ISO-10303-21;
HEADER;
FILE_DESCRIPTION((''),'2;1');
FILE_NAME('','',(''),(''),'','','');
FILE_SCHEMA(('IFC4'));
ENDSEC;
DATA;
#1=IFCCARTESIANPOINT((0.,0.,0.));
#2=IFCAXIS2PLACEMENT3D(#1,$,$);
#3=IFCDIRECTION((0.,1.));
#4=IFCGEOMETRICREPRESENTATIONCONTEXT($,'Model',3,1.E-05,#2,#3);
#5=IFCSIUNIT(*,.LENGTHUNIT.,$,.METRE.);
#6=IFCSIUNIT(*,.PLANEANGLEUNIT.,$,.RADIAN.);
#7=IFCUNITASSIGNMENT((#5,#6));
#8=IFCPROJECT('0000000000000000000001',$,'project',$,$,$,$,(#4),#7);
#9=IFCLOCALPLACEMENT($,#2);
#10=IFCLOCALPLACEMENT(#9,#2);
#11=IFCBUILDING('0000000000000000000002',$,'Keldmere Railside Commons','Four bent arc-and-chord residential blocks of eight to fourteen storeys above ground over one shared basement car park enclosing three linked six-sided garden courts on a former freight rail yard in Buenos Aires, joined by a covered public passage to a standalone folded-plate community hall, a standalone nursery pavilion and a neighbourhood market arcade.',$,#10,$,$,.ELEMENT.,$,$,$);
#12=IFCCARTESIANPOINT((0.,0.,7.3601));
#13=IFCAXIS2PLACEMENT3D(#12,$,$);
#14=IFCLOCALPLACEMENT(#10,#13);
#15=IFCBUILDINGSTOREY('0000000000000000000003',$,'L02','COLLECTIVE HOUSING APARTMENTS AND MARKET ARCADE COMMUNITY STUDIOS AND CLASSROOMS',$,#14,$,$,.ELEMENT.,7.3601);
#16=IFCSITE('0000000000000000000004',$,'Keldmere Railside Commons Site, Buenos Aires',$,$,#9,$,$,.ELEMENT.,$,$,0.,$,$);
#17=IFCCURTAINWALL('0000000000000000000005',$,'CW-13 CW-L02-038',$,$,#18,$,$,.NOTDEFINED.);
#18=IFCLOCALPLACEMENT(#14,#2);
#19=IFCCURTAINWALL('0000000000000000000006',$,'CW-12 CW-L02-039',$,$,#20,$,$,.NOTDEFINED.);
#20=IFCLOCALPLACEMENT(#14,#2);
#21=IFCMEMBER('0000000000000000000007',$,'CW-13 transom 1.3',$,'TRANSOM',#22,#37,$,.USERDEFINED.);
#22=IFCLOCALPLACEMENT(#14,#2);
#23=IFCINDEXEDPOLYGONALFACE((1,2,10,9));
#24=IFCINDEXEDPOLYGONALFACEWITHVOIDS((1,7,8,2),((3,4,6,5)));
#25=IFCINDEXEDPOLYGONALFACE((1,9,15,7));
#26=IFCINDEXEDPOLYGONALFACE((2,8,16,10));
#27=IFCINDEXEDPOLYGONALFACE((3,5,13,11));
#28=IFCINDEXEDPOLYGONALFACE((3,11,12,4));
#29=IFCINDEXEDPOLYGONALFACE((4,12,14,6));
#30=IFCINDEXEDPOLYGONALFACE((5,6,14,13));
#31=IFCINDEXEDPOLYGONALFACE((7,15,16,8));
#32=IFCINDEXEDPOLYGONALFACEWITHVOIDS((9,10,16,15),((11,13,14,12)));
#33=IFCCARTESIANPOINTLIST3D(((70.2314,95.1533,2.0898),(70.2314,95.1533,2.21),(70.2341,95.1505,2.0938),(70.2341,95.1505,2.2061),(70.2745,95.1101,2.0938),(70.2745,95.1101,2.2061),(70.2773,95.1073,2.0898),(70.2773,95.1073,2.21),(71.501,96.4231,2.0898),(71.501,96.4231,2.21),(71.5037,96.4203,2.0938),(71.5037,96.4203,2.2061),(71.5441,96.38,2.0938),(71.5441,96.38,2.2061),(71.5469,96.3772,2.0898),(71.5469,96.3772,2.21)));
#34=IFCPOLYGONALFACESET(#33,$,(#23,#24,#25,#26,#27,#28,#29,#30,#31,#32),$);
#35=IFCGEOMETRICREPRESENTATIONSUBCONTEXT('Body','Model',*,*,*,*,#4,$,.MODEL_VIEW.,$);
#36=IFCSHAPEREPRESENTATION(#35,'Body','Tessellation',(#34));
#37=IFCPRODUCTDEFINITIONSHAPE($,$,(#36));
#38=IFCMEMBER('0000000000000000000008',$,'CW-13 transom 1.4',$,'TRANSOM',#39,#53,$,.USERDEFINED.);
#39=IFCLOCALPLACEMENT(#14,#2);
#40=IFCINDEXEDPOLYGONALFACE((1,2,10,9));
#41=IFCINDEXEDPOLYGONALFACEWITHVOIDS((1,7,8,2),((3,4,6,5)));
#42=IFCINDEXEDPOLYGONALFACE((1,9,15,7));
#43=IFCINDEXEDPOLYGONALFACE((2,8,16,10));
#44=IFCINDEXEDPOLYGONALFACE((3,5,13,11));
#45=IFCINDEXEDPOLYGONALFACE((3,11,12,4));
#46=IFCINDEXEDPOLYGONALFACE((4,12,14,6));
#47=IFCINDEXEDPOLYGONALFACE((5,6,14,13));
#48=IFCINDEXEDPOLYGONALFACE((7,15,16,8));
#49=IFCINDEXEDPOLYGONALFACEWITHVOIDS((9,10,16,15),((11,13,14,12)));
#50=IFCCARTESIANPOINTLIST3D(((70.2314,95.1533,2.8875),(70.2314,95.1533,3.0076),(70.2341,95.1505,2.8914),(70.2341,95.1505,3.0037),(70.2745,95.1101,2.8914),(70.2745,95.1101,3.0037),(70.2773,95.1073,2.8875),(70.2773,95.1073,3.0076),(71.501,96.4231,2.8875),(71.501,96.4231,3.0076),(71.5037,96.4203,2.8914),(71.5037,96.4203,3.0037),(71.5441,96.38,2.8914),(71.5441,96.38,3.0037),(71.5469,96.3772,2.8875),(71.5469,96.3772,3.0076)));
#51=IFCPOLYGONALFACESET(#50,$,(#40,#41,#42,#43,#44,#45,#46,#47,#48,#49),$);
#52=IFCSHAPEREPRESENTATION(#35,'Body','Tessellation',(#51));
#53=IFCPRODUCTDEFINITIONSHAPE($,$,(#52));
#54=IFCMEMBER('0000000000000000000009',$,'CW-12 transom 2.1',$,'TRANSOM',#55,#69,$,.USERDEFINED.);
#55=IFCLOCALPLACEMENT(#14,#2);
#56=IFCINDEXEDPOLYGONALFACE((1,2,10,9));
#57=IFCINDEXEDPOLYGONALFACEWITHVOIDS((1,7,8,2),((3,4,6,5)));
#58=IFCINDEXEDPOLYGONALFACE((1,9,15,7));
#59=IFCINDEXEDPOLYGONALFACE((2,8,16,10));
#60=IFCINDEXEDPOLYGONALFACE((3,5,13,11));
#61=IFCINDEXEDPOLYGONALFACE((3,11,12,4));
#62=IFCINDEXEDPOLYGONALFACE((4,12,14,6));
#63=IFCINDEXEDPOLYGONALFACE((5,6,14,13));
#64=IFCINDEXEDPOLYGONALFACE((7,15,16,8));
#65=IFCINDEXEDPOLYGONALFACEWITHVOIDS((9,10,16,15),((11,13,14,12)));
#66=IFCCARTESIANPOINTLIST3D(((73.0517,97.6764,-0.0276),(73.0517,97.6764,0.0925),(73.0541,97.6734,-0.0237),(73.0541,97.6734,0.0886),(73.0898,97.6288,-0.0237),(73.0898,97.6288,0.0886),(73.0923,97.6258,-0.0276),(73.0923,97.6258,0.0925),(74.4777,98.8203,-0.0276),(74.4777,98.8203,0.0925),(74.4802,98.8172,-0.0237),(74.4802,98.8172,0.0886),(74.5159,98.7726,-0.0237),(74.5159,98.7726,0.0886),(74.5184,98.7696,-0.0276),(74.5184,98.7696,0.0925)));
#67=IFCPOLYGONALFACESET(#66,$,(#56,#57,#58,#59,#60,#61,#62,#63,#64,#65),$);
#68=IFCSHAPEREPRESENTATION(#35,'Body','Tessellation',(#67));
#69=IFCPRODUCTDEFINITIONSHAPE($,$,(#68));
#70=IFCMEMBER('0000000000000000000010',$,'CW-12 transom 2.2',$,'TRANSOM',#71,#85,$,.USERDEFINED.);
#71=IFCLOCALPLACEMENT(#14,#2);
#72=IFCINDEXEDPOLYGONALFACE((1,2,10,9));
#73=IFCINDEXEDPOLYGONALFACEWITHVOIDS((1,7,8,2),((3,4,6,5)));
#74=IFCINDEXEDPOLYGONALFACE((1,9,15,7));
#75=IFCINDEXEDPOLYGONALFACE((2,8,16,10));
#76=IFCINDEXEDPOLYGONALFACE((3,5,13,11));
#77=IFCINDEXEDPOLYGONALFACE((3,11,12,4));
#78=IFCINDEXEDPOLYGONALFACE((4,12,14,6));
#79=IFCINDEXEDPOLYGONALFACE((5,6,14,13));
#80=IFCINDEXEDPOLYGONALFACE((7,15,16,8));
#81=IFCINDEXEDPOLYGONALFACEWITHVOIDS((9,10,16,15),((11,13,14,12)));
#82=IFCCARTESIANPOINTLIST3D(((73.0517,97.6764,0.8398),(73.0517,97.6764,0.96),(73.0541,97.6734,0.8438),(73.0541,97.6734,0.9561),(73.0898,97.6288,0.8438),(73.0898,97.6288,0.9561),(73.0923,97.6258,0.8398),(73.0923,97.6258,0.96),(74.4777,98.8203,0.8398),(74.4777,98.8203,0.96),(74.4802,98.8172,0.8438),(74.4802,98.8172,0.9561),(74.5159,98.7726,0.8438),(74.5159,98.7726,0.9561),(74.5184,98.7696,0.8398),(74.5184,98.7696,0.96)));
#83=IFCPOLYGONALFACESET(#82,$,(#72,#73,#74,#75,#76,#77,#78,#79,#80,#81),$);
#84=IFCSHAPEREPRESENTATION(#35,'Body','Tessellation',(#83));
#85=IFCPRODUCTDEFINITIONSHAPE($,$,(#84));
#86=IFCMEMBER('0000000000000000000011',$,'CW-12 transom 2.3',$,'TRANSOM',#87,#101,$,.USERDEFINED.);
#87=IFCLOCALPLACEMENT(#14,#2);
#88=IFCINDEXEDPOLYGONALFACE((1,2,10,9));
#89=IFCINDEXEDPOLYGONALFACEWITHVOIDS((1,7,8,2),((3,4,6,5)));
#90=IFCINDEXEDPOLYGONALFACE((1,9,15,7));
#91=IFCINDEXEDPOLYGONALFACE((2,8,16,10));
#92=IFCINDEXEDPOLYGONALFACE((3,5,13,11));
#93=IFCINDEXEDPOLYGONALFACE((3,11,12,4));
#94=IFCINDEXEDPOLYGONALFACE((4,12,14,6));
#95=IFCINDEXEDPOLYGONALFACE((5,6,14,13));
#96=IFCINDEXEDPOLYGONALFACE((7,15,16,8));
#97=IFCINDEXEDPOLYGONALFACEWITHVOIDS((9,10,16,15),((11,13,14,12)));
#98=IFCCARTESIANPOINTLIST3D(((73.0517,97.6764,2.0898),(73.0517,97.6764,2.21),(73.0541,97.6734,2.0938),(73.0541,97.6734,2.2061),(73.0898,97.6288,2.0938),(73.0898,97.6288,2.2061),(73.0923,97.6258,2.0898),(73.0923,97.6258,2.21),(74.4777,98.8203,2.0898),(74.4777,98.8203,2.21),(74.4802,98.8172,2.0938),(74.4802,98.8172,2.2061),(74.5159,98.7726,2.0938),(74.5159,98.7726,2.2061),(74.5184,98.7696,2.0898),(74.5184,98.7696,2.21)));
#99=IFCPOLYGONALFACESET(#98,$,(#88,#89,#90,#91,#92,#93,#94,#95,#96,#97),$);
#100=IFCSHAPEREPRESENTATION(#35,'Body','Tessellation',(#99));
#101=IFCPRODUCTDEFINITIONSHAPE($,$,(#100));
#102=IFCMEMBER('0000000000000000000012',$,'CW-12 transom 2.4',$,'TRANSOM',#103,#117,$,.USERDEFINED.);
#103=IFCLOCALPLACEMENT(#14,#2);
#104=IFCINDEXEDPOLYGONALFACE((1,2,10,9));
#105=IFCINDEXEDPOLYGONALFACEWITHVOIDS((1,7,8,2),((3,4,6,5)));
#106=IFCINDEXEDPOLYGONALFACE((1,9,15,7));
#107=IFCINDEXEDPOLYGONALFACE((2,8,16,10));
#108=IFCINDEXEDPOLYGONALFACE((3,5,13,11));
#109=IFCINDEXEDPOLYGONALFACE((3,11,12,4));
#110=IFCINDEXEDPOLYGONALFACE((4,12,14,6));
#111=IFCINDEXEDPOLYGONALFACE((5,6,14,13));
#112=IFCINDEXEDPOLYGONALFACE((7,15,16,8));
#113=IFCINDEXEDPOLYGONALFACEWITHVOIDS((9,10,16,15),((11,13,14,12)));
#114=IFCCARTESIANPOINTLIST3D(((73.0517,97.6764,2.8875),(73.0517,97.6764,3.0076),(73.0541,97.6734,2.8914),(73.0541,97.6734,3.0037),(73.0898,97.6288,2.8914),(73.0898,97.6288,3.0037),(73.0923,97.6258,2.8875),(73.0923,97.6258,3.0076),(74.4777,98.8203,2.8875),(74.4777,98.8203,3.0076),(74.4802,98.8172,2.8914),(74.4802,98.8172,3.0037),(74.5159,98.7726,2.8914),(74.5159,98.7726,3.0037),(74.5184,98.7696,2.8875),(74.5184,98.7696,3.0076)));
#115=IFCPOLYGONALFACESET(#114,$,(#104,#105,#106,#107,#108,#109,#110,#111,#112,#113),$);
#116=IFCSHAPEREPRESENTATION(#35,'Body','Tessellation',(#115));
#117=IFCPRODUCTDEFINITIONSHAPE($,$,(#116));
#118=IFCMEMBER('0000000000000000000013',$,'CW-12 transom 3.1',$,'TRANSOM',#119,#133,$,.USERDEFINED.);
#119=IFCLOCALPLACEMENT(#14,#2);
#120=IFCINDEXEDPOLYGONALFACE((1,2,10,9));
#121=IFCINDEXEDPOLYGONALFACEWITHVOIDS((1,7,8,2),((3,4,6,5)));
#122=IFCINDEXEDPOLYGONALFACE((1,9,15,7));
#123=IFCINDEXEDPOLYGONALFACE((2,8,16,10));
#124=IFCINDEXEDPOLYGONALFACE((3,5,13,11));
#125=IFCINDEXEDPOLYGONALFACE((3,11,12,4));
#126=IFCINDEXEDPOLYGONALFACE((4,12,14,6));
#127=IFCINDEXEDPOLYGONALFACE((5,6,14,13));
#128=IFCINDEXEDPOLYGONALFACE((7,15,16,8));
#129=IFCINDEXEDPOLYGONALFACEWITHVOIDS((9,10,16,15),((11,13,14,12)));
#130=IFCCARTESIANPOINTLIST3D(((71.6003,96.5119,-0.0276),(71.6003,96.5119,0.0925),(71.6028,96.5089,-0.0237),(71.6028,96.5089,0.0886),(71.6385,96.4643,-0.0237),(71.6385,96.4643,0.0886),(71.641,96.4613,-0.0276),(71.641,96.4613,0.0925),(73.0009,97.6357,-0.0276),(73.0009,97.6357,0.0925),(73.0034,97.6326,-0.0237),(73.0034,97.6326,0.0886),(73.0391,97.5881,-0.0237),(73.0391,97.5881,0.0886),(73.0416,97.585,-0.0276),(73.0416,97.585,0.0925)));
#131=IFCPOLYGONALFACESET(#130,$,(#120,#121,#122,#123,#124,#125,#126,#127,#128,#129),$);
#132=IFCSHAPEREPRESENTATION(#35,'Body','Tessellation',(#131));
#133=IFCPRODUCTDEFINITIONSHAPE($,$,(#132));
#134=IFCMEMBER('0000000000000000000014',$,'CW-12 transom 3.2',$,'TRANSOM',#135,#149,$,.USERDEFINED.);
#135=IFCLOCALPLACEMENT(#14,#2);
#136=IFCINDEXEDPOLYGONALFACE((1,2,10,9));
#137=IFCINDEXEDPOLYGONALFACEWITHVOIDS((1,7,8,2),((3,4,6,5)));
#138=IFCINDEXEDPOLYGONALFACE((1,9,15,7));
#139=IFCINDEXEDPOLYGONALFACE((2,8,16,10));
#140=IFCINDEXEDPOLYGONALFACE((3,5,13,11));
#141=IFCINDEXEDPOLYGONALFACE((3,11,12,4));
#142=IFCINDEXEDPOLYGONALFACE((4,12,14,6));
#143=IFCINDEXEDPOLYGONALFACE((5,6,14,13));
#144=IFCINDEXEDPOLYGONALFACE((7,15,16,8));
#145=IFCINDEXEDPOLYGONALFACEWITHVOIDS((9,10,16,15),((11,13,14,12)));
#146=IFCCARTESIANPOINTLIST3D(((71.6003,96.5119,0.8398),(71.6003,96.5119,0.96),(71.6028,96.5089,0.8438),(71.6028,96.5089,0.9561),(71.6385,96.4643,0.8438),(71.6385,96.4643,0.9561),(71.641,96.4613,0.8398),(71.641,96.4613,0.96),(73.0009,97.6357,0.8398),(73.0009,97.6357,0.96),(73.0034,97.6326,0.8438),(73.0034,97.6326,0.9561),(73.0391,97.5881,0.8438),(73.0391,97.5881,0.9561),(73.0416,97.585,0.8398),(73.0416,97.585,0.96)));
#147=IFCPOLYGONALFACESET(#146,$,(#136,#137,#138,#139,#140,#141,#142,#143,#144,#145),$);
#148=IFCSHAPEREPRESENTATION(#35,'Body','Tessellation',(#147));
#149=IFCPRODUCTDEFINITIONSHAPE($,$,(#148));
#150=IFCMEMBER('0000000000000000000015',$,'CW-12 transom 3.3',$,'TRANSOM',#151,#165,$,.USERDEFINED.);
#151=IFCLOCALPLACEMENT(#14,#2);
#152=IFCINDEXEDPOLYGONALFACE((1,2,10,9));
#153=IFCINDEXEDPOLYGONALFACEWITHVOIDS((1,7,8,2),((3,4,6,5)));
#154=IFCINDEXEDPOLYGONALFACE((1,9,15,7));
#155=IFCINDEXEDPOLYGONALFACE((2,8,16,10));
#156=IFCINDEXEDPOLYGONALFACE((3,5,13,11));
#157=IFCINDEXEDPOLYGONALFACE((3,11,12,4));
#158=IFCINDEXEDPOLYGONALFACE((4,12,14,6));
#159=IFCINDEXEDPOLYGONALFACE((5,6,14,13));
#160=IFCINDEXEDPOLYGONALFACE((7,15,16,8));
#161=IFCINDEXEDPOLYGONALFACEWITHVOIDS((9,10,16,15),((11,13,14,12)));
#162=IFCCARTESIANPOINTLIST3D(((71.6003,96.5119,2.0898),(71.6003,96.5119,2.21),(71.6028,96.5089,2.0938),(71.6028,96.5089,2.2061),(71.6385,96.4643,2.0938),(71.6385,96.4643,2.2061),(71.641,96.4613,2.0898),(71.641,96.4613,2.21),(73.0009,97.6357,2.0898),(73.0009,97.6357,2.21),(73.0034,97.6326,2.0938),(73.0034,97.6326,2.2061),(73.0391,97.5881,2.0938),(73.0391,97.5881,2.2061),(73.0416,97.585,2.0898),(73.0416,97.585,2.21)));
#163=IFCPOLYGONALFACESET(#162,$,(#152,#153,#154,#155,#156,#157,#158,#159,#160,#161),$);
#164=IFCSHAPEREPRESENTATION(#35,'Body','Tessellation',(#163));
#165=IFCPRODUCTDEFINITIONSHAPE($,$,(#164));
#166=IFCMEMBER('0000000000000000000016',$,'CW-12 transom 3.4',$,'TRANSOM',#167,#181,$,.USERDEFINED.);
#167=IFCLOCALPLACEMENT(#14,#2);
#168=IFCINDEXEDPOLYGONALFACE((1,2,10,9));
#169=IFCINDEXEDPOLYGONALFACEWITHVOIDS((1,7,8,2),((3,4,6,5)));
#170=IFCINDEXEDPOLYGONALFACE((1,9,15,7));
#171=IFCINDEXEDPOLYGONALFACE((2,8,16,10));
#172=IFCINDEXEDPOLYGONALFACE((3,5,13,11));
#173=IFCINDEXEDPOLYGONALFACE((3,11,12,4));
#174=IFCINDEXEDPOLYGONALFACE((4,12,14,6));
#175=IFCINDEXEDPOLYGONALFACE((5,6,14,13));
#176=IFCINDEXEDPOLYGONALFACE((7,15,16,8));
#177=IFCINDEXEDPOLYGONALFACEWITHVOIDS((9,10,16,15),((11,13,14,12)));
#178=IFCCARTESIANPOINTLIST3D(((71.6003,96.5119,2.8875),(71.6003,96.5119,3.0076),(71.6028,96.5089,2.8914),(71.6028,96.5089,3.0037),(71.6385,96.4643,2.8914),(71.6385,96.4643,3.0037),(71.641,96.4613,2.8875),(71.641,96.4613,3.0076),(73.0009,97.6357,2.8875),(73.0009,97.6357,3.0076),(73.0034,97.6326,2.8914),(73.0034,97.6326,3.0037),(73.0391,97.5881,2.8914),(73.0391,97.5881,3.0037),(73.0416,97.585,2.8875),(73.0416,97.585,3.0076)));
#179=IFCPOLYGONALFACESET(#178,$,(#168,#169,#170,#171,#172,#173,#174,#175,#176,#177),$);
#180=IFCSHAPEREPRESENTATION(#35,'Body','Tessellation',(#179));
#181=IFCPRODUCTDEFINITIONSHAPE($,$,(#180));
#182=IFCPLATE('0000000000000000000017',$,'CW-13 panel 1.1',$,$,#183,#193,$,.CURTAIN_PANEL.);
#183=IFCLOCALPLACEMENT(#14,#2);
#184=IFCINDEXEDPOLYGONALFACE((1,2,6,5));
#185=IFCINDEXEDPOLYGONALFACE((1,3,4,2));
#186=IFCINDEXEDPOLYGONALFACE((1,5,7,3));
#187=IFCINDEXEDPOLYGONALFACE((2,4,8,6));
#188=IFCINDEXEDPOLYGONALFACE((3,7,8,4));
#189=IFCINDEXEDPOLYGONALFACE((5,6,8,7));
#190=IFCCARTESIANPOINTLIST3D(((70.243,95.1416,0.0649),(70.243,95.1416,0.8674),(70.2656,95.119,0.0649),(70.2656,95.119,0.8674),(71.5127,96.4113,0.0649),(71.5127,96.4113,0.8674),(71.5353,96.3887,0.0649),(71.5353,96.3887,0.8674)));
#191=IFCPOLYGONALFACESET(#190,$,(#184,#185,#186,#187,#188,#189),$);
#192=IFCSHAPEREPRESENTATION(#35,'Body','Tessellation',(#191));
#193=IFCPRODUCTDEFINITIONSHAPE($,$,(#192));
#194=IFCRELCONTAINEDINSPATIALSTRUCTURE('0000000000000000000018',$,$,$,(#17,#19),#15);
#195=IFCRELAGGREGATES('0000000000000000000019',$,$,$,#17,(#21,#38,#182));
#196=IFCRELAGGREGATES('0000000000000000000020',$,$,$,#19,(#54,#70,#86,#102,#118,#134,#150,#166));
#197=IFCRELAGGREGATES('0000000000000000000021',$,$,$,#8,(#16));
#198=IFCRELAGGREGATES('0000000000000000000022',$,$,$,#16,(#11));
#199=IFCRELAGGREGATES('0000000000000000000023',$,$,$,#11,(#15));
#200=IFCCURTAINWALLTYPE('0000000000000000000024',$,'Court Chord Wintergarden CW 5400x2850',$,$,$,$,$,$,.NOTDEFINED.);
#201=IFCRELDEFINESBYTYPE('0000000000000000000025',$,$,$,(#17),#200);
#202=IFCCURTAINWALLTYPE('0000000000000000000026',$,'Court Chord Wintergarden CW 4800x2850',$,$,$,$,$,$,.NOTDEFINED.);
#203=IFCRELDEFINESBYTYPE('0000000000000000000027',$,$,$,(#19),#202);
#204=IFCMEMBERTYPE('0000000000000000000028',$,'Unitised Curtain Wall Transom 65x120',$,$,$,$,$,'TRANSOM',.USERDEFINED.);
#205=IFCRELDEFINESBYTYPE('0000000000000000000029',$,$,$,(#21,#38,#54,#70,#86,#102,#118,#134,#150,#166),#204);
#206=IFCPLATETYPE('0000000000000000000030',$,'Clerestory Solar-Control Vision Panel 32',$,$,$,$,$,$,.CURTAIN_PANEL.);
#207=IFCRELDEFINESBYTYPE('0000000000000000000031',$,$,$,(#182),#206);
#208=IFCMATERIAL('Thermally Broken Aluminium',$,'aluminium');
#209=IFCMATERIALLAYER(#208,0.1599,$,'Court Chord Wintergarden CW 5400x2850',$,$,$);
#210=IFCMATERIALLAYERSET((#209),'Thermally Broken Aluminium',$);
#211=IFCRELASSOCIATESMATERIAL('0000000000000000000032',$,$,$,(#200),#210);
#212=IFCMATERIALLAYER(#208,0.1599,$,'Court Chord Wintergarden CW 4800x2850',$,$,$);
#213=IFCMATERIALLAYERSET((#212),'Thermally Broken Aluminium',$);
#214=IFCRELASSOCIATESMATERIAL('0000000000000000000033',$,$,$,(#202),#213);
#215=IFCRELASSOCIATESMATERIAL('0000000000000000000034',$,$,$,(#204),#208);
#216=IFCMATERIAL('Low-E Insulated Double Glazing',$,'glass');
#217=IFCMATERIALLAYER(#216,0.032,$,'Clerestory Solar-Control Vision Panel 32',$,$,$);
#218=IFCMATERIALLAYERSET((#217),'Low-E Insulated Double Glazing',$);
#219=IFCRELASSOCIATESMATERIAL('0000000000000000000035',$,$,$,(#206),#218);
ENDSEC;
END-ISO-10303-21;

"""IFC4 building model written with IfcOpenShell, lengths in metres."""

from ifc_helpers import new_model, si_unit, direction, frame, origin, origin_2d, place, context, subcontext, project, spatial, rectangle, hollow_rectangle, extrude, material, layer, layer_set, material_profile, profile_set, type_object, element, aggregate, save


model = new_model("IFC4")

# Units and contexts
model_context = context("Model", 3, precision=1e-05, world=origin(), true_north=direction((0.0, 1.0)))
body_context = subcontext(model_context, "Body", "Model", "MODEL_VIEW")
ifc_project = project(units=[si_unit("LENGTHUNIT", "METRE"), si_unit("PLANEANGLEUNIT", "RADIAN")], contexts=[model_context])

# Site, building, storey
site_placement = place(None, origin())
site = spatial("IfcSite", under=ifc_project, at=site_placement, Name="Keldmere Railside Commons Site, Buenos Aires", CompositionType="ELEMENT", RefElevation=0.0)
building_placement = place(site_placement, origin())
building = spatial("IfcBuilding", under=site, at=building_placement, Name="Keldmere Railside Commons", Description="Four bent arc-and-chord residential blocks of eight to fourteen storeys above ground over one shared basement car park enclosing three linked six-sided garden courts on a former freight rail yard in Buenos Aires, joined by a covered public passage to a standalone folded-plate community hall, a standalone nursery pavilion and a neighbourhood market arcade.", CompositionType="ELEMENT")
storey_placement = place(building_placement, frame((0.0, 0.0, 7.3601)))
storey = spatial("IfcBuildingStorey", under=building, at=storey_placement, Name="L02", Description="COLLECTIVE HOUSING APARTMENTS AND MARKET ARCADE COMMUNITY STUDIOS AND CLASSROOMS", CompositionType="ELEMENT", Elevation=7.3601)

# Curtain wall
ifc_material_1 = material(Name="Thermally Broken Aluminium", Category="aluminium")
ifc_layer_1 = layer(ifc_material_1, 0.1599, Name="Court Chord Wintergarden CW 5400x2850")
ifc_layer_set_1 = layer_set([ifc_layer_1], Name="Thermally Broken Aluminium")
curtain_wall_type_1 = type_object("IfcCurtainWallType", Name="Court Chord Wintergarden CW 5400x2850", PredefinedType="NOTDEFINED", material=ifc_layer_set_1)
curtain_wall_1_placement = place(storey_placement, origin())
curtain_wall_1 = element("IfcCurtainWall", 1, at=curtain_wall_1_placement, inside=storey, type_object=curtain_wall_type_1, Name="CW-13 CW-L02-038", PredefinedType="NOTDEFINED")

# Curtain wall
ifc_layer_2 = layer(ifc_material_1, 0.1599, Name="Court Chord Wintergarden CW 4800x2850")
ifc_layer_set_2 = layer_set([ifc_layer_2], Name="Thermally Broken Aluminium")
curtain_wall_type_2 = type_object("IfcCurtainWallType", Name="Court Chord Wintergarden CW 4800x2850", PredefinedType="NOTDEFINED", material=ifc_layer_set_2)
curtain_wall_2_placement = place(storey_placement, origin())
curtain_wall_2 = element("IfcCurtainWall", 2, at=curtain_wall_2_placement, inside=storey, type_object=curtain_wall_type_2, Name="CW-12 CW-L02-039", PredefinedType="NOTDEFINED")

# Members
ifc_material_profile_1 = material_profile(ifc_material_1, hollow_rectangle(XDim=0.0649, YDim=0.1201, WallThickness=0.0039, at=origin_2d()), Name="ALU-TRAN-65x120")
ifc_profile_set_1 = profile_set([ifc_material_profile_1], Name="Thermally Broken Aluminium")
member_type_1 = type_object("IfcMemberType", Name="Unitised Curtain Wall Transom 65x120", ElementType="TRANSOM", PredefinedType="USERDEFINED", material=ifc_profile_set_1)
member_1_placement = place(storey_placement, frame((71.5239, 96.4001, 2.1499), z_axis=(-0.707039, -0.707175, 0.0), x_axis=(0.707175, -0.707039, 0.0)))
member_1 = element("IfcMember", 3, at=member_1_placement, type_object=member_type_1, Name="CW-13 transom 1.3", ObjectType="TRANSOM", PredefinedType="USERDEFINED", context=body_context, shape_type="SweptSolid", body=[
    extrude(hollow_rectangle(XDim=0.0649, YDim=0.1201, WallThickness=0.0039, at=origin_2d()), origin(), (0.0, 0.0, 1.0), 1.7957),
])
member_2_placement = place(storey_placement, frame((71.5239, 96.4001, 2.9475), z_axis=(-0.707039, -0.707175, 0.0), x_axis=(0.707175, -0.707039, 0.0)))
member_2 = element("IfcMember", 4, at=member_2_placement, type_object=member_type_1, Name="CW-13 transom 1.4", ObjectType="TRANSOM", PredefinedType="USERDEFINED", context=body_context, shape_type="SweptSolid", body=[
    extrude(hollow_rectangle(XDim=0.0649, YDim=0.1201, WallThickness=0.0039, at=origin_2d()), origin(), (0.0, 0.0, 1.0), 1.7957),
])
member_3_placement = place(storey_placement, frame((74.498, 98.7949, 0.0325), z_axis=(-0.780073, -0.625688, 0.0), x_axis=(0.625688, -0.780073, 0.0)))
member_3 = element("IfcMember", 5, at=member_3_placement, type_object=member_type_1, Name="CW-12 transom 2.1", ObjectType="TRANSOM", PredefinedType="USERDEFINED", context=body_context, shape_type="SweptSolid", body=[
    extrude(hollow_rectangle(XDim=0.0649, YDim=0.1201, WallThickness=0.0039, at=origin_2d()), origin(), (0.0, 0.0, 1.0), 1.8281),
])
member_4_placement = place(storey_placement, frame((74.498, 98.7949, 0.8999), z_axis=(-0.780073, -0.625688, 0.0), x_axis=(0.625688, -0.780073, 0.0)))
member_4 = element("IfcMember", 6, at=member_4_placement, type_object=member_type_1, Name="CW-12 transom 2.2", ObjectType="TRANSOM", PredefinedType="USERDEFINED", context=body_context, shape_type="SweptSolid", body=[
    extrude(hollow_rectangle(XDim=0.0649, YDim=0.1201, WallThickness=0.0039, at=origin_2d()), origin(), (0.0, 0.0, 1.0), 1.8281),
])
member_5_placement = place(storey_placement, frame((74.498, 98.7949, 2.1499), z_axis=(-0.780073, -0.625688, 0.0), x_axis=(0.625688, -0.780073, 0.0)))
member_5 = element("IfcMember", 7, at=member_5_placement, type_object=member_type_1, Name="CW-12 transom 2.3", ObjectType="TRANSOM", PredefinedType="USERDEFINED", context=body_context, shape_type="SweptSolid", body=[
    extrude(hollow_rectangle(XDim=0.0649, YDim=0.1201, WallThickness=0.0039, at=origin_2d()), origin(), (0.0, 0.0, 1.0), 1.8281),
])
member_6_placement = place(storey_placement, frame((74.498, 98.7949, 2.9475), z_axis=(-0.780073, -0.625688, 0.0), x_axis=(0.625688, -0.780073, 0.0)))
member_6 = element("IfcMember", 8, at=member_6_placement, type_object=member_type_1, Name="CW-12 transom 2.4", ObjectType="TRANSOM", PredefinedType="USERDEFINED", context=body_context, shape_type="SweptSolid", body=[
    extrude(hollow_rectangle(XDim=0.0649, YDim=0.1201, WallThickness=0.0039, at=origin_2d()), origin(), (0.0, 0.0, 1.0), 1.8281),
])
member_7_placement = place(storey_placement, frame((73.0212, 97.6104, 0.0325), z_axis=(-0.779979, -0.625805, 0.0), x_axis=(0.625805, -0.779979, 0.0)))
member_7 = element("IfcMember", 9, at=member_7_placement, type_object=member_type_1, Name="CW-12 transom 3.1", ObjectType="TRANSOM", PredefinedType="USERDEFINED", context=body_context, shape_type="SweptSolid", body=[
    extrude(hollow_rectangle(XDim=0.0649, YDim=0.1201, WallThickness=0.0039, at=origin_2d()), origin(), (0.0, 0.0, 1.0), 1.7957),
])
member_8_placement = place(storey_placement, frame((73.0212, 97.6104, 0.8999), z_axis=(-0.779979, -0.625805, 0.0), x_axis=(0.625805, -0.779979, 0.0)))
member_8 = element("IfcMember", 10, at=member_8_placement, type_object=member_type_1, Name="CW-12 transom 3.2", ObjectType="TRANSOM", PredefinedType="USERDEFINED", context=body_context, shape_type="SweptSolid", body=[
    extrude(hollow_rectangle(XDim=0.0649, YDim=0.1201, WallThickness=0.0039, at=origin_2d()), origin(), (0.0, 0.0, 1.0), 1.7957),
])
member_9_placement = place(storey_placement, frame((73.0212, 97.6104, 2.1499), z_axis=(-0.779979, -0.625805, 0.0), x_axis=(0.625805, -0.779979, 0.0)))
member_9 = element("IfcMember", 11, at=member_9_placement, type_object=member_type_1, Name="CW-12 transom 3.3", ObjectType="TRANSOM", PredefinedType="USERDEFINED", context=body_context, shape_type="SweptSolid", body=[
    extrude(hollow_rectangle(XDim=0.0649, YDim=0.1201, WallThickness=0.0039, at=origin_2d()), origin(), (0.0, 0.0, 1.0), 1.7957),
])
member_10_placement = place(storey_placement, frame((73.0212, 97.6104, 2.9475), z_axis=(-0.779979, -0.625805, 0.0), x_axis=(0.625805, -0.779979, 0.0)))
member_10 = element("IfcMember", 12, at=member_10_placement, type_object=member_type_1, Name="CW-12 transom 3.4", ObjectType="TRANSOM", PredefinedType="USERDEFINED", context=body_context, shape_type="SweptSolid", body=[
    extrude(hollow_rectangle(XDim=0.0649, YDim=0.1201, WallThickness=0.0039, at=origin_2d()), origin(), (0.0, 0.0, 1.0), 1.7957),
])

# Plate
ifc_material_2 = material(Name="Low-E Insulated Double Glazing", Category="glass")
ifc_layer_3 = layer(ifc_material_2, 0.032, Name="Clerestory Solar-Control Vision Panel 32")
ifc_layer_set_3 = layer_set([ifc_layer_3], Name="Low-E Insulated Double Glazing")
plate_type_1 = type_object("IfcPlateType", Name="Clerestory Solar-Control Vision Panel 32", PredefinedType="CURTAIN_PANEL", material=ifc_layer_set_3)
plate_1_placement = place(storey_placement, frame((70.8892, 95.7651, 0.0649), z_axis=(0.0, 0.0, 1.0), x_axis=(-0.707107, -0.707107, 0.0)))
plate_1 = element("IfcPlate", 13, at=plate_1_placement, type_object=plate_type_1, Name="CW-13 panel 1.1", PredefinedType="CURTAIN_PANEL", context=body_context, shape_type="SweptSolid", body=[
    extrude(rectangle(XDim=1.7957, YDim=0.032, at=origin_2d()), origin(), (0.0, 0.0, 1.0), 0.8025),
])
aggregate(curtain_wall_1, [member_1, member_2, plate_1])
aggregate(curtain_wall_2, [member_3, member_4, member_5, member_6, member_7, member_8, member_9, member_10])

save(model, "model.ifc")
